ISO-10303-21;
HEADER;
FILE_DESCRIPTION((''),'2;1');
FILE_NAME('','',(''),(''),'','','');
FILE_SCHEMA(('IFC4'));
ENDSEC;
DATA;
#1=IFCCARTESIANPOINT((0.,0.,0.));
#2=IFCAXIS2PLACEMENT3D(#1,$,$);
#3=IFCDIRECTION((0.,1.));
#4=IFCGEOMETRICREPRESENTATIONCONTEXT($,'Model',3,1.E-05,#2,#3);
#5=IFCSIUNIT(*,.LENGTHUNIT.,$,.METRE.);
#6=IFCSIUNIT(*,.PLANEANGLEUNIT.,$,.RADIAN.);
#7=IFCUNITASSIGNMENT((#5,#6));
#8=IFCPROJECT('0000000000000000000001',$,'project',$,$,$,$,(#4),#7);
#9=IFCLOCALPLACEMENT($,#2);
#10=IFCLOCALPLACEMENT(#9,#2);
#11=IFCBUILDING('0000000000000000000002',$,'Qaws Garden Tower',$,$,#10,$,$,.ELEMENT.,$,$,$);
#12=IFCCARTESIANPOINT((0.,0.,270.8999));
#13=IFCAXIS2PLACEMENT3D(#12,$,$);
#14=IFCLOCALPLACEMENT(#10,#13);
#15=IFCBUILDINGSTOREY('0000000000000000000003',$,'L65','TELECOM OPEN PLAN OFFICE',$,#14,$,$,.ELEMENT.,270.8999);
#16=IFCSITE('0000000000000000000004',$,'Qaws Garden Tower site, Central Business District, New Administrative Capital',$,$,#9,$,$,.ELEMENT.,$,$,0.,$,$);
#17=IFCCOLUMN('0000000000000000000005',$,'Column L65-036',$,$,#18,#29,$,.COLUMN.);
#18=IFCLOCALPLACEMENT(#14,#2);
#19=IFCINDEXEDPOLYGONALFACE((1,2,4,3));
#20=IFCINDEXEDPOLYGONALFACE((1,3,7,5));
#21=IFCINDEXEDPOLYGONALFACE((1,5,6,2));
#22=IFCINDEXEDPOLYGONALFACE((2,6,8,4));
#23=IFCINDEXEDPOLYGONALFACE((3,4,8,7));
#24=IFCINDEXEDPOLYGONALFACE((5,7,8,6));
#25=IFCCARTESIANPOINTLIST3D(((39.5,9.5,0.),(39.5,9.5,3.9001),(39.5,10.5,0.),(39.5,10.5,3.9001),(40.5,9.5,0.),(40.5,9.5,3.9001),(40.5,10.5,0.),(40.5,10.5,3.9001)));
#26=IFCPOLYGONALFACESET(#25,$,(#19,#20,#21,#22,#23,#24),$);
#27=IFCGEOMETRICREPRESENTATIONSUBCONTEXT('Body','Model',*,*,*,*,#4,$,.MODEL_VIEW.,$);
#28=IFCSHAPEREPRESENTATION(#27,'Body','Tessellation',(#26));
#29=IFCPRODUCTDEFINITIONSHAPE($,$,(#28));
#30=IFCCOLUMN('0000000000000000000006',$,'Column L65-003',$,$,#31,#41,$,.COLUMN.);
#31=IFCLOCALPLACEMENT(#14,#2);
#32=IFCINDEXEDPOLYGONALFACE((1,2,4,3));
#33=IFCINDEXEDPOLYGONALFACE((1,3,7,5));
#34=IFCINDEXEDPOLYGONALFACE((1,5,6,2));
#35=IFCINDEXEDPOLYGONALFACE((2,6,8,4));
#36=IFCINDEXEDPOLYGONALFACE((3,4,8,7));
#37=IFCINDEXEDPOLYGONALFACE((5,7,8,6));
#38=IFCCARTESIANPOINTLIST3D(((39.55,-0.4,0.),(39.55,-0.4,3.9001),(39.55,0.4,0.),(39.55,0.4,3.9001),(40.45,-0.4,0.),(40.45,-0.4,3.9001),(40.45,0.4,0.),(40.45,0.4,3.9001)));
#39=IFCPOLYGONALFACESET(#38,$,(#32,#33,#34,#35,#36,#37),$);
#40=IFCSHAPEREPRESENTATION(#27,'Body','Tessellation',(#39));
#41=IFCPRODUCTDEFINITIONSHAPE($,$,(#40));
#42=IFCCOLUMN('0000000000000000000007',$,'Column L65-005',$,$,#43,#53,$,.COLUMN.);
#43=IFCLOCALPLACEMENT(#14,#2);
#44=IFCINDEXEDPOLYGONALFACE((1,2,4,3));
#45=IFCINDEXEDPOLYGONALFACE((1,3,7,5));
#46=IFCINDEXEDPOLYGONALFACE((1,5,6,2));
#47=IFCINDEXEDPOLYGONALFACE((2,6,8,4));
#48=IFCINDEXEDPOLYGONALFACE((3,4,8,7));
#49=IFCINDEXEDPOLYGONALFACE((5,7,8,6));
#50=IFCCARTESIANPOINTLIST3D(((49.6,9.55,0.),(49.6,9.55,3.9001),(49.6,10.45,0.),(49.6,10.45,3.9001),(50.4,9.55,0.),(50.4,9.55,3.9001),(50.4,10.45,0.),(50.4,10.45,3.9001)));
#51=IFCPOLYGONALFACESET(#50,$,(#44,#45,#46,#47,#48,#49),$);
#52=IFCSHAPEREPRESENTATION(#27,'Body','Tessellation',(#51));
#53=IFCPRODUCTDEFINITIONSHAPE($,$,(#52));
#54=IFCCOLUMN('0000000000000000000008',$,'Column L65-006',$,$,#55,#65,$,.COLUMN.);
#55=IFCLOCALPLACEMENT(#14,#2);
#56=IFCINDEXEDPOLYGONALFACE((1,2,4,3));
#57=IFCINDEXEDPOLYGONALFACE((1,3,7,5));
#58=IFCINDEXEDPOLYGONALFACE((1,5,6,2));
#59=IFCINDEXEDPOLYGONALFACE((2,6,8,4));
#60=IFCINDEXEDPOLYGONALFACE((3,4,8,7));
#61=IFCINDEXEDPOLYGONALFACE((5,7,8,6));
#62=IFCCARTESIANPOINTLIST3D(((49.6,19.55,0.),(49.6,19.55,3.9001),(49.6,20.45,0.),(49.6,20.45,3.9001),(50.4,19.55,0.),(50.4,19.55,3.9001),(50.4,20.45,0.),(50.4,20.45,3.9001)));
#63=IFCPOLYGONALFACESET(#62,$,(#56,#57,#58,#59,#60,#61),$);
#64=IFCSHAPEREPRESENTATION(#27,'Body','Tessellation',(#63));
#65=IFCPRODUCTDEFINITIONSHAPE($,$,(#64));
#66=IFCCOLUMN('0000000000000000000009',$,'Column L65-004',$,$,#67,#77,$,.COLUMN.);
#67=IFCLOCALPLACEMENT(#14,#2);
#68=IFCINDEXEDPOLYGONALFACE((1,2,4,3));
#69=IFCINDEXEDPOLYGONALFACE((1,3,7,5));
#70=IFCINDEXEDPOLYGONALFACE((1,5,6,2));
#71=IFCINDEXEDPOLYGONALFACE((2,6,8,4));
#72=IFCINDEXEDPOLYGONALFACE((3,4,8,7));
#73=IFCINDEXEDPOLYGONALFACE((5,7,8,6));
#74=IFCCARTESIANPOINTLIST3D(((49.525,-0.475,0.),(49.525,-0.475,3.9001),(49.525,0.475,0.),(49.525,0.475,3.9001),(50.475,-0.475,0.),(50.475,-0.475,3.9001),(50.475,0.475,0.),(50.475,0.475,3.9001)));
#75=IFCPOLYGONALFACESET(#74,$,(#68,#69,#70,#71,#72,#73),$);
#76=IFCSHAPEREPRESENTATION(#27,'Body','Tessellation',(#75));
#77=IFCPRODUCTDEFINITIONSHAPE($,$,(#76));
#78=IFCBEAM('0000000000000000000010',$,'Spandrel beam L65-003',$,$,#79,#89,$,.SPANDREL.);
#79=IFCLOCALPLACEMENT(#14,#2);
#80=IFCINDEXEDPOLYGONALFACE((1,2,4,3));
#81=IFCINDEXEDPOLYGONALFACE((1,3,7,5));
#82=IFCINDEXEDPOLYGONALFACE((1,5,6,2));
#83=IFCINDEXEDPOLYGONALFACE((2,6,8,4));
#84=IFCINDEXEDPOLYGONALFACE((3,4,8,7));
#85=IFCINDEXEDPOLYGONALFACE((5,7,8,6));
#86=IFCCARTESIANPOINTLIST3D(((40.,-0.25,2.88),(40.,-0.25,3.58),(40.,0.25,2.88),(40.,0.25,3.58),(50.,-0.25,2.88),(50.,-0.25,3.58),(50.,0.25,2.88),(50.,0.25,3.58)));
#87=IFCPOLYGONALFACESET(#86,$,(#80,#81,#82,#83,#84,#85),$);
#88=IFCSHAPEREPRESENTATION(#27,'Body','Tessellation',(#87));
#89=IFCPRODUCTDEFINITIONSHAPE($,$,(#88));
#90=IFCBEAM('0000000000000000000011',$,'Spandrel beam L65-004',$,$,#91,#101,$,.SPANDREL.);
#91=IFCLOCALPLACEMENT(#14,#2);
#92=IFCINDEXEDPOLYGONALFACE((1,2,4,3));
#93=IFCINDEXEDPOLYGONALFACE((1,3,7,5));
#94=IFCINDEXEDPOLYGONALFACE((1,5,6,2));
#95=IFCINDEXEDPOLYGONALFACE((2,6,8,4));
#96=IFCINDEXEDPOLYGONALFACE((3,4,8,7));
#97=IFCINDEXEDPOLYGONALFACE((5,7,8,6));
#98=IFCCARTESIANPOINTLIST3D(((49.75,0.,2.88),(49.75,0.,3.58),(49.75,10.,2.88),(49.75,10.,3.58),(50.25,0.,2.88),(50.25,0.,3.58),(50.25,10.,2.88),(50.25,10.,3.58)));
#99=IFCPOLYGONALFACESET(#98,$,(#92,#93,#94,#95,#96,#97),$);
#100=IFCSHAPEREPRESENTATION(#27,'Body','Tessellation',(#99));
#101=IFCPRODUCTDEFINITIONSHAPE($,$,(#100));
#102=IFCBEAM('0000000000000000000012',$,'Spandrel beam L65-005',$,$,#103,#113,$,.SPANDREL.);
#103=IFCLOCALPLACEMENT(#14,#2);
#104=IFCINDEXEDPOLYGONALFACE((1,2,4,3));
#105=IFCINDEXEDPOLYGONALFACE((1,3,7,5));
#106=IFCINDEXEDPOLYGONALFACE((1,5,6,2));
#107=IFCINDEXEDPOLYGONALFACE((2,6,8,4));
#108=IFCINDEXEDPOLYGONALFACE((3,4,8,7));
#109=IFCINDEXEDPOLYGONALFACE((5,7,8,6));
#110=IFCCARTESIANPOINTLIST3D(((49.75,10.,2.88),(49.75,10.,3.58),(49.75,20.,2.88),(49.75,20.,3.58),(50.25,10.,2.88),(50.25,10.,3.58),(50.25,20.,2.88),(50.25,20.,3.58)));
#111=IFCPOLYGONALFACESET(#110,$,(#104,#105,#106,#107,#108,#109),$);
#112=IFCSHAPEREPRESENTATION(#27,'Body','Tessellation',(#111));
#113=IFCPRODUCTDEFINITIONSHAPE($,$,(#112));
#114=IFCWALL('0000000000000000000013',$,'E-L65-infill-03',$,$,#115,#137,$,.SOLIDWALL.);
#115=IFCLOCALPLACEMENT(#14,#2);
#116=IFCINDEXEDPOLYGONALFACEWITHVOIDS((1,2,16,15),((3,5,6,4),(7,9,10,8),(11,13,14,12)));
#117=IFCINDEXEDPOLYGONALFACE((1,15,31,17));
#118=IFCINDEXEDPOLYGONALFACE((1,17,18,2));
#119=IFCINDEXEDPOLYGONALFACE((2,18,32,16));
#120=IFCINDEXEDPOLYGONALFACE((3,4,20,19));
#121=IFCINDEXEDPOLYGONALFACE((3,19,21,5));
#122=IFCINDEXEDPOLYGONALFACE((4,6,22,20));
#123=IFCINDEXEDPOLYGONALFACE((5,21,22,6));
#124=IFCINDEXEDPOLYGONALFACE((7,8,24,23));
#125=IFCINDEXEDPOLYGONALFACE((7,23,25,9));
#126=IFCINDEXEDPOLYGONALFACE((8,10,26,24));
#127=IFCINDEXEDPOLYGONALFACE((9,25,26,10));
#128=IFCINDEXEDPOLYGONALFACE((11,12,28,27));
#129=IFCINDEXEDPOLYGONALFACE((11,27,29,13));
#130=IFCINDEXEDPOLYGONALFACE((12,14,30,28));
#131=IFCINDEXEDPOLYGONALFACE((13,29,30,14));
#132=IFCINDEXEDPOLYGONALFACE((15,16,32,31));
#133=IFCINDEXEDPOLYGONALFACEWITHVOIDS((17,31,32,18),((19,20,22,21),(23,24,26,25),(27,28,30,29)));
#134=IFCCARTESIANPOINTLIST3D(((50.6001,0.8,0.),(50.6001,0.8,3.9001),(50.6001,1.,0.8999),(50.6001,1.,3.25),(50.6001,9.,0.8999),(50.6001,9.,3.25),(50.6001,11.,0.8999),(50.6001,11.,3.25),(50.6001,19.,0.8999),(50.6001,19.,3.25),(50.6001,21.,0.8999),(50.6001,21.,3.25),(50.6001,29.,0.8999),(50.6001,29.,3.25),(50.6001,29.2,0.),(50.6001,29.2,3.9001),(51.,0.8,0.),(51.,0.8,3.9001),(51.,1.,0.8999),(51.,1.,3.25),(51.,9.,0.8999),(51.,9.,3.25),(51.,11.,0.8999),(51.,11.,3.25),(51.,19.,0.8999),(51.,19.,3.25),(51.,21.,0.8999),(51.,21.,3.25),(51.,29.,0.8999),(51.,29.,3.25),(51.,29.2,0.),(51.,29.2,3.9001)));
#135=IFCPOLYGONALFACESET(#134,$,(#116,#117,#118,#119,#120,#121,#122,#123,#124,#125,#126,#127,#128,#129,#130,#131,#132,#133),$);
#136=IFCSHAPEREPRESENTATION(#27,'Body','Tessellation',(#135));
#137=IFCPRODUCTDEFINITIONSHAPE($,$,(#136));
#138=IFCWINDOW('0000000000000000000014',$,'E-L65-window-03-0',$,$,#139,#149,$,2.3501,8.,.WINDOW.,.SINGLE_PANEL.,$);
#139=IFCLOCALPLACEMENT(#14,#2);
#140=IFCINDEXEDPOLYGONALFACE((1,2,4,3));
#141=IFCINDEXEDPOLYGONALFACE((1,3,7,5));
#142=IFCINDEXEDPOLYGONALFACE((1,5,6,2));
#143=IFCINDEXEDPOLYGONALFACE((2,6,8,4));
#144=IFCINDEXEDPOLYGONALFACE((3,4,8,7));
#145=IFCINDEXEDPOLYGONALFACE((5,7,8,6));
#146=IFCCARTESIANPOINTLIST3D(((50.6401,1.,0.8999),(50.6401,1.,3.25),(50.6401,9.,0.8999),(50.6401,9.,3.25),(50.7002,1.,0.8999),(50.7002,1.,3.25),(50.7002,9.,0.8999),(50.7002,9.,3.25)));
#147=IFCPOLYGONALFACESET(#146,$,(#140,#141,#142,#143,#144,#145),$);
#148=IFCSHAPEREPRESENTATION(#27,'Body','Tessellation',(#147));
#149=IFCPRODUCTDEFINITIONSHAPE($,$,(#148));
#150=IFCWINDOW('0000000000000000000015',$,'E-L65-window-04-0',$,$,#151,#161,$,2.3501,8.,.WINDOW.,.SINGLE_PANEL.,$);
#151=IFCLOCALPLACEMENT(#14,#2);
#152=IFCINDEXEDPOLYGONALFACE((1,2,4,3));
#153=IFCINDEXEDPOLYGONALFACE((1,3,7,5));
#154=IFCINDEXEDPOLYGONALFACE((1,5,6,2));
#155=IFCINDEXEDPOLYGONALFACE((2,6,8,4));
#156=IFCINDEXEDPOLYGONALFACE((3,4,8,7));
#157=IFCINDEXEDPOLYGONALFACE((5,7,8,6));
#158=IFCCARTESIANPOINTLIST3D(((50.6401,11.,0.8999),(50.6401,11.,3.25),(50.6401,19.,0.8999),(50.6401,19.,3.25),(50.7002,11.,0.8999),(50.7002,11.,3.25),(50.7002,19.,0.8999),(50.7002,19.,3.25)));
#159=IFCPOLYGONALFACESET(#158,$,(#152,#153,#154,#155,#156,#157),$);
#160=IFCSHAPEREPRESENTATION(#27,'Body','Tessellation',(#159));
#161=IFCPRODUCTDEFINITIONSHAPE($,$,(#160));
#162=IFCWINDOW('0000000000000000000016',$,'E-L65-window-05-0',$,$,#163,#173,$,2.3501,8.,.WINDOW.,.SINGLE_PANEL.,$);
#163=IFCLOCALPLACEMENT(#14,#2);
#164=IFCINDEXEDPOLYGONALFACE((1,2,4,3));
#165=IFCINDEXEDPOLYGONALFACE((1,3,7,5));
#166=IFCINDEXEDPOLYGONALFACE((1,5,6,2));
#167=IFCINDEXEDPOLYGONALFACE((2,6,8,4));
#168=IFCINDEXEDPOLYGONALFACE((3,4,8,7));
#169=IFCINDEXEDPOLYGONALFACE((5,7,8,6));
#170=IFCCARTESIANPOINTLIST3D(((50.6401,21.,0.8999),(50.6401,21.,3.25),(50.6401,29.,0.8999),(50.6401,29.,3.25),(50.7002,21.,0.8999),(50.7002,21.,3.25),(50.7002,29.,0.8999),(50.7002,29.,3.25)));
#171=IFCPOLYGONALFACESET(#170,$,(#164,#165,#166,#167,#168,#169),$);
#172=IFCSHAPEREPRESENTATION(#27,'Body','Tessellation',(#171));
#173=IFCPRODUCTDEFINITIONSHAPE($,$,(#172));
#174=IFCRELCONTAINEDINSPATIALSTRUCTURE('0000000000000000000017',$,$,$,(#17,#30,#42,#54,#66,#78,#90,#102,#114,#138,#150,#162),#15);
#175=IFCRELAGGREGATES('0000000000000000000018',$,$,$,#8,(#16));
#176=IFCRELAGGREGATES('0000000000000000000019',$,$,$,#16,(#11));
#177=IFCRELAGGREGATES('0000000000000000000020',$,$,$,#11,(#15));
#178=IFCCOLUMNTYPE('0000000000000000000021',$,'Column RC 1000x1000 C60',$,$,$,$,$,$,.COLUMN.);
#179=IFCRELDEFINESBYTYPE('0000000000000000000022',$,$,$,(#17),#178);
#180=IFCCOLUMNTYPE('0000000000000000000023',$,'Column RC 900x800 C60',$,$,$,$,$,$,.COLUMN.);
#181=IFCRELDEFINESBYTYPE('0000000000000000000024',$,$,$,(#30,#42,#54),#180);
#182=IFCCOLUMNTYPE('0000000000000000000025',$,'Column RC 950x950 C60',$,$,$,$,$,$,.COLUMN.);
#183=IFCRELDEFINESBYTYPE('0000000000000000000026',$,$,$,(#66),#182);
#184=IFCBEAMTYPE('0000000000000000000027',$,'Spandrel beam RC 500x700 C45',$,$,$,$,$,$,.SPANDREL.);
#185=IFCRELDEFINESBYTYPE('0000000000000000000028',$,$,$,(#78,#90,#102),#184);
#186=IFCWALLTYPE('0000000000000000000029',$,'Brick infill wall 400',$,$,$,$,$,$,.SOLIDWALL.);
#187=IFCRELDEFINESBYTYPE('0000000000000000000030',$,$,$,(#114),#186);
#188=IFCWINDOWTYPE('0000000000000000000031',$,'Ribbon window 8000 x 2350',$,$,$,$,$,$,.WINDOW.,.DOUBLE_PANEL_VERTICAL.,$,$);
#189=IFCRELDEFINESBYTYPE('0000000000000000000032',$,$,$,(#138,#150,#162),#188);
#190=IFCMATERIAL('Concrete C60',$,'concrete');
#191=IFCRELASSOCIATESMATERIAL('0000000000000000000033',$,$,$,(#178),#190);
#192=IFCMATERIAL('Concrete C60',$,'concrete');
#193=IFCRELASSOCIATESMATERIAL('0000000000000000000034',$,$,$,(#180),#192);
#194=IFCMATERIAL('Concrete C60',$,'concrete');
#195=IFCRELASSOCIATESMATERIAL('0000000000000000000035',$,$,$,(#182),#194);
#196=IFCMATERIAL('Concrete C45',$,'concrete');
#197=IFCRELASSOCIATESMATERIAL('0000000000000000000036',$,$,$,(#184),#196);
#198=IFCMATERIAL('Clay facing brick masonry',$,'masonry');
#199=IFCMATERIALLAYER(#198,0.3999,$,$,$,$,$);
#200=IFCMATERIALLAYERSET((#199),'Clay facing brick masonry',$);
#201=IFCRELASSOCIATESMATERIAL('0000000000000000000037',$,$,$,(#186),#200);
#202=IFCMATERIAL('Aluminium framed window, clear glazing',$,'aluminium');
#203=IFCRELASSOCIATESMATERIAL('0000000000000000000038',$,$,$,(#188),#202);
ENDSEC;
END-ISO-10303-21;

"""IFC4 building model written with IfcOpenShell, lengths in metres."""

from ifc_helpers import new_model, si_unit, direction, frame, frame_2d, origin, origin_2d, place, context, subcontext, project, spatial, rectangle, extrude, material, layer, layer_set, material_profile, profile_set, type_object, element, fill, save


model = new_model("IFC4")

# Units and contexts
model_context = context("Model", 3, precision=1e-05, world=origin(), true_north=direction((0.0, 1.0)))
body_context = subcontext(model_context, "Body", "Model", "MODEL_VIEW")
ifc_project = project(units=[si_unit("LENGTHUNIT", "METRE"), si_unit("PLANEANGLEUNIT", "RADIAN")], contexts=[model_context])

# Site, building, storey
site_placement = place(None, origin())
site = spatial("IfcSite", under=ifc_project, at=site_placement, Name="Qaws Garden Tower site, Central Business District, New Administrative Capital", CompositionType="ELEMENT", RefElevation=0.0)
building_placement = place(site_placement, origin())
building = spatial("IfcBuilding", under=site, at=building_placement, Name="Qaws Garden Tower", CompositionType="ELEMENT")
storey_placement = place(building_placement, frame((0.0, 0.0, 270.8999)))
storey = spatial("IfcBuildingStorey", under=building, at=storey_placement, Name="L65", Description="TELECOM OPEN PLAN OFFICE", CompositionType="ELEMENT", Elevation=270.8999)

# Columns
ifc_material_1 = material(Name="Concrete C60", Category="concrete")
ifc_material_profile_1 = material_profile(ifc_material_1, rectangle(XDim=1.0, YDim=1.0, at=origin_2d()), Name="RC 1000x1000")
ifc_profile_set_1 = profile_set([ifc_material_profile_1], Name="Concrete C60")
column_type_1 = type_object("IfcColumnType", Name="Column RC 1000x1000 C60", PredefinedType="COLUMN", material=ifc_profile_set_1)
column_1_placement = place(storey_placement, frame((40.0, 10.0, 0.0), z_axis=(0.0, 0.0, 1.0), x_axis=(1.0, 0.0, 0.0)))
element("IfcColumn", 1, at=column_1_placement, inside=storey, type_object=column_type_1, Name="Column L65-036", PredefinedType="COLUMN", context=body_context, shape_type="SweptSolid", body=[
    extrude(rectangle(XDim=1.0, YDim=1.0, at=origin_2d()), origin(), (0.0, 0.0, 1.0), 3.9001),
])
ifc_material_2 = material(Name="Concrete C60", Category="concrete")
ifc_material_profile_2 = material_profile(ifc_material_2, rectangle(XDim=0.8999, YDim=0.8, at=origin_2d()), Name="RC 900x800")
ifc_profile_set_2 = profile_set([ifc_material_profile_2], Name="Concrete C60")
column_type_2 = type_object("IfcColumnType", Name="Column RC 900x800 C60", PredefinedType="COLUMN", material=ifc_profile_set_2)
for number, where, z_axis, x_axis, name in (
    (2, (40.0, 0.0, 0.0), (0.0, 0.0, 1.0), (1.0, 0.0, 0.0), "Column L65-003"),
    (3, (50.0, 10.0, 0.0), (0.0, 0.0, 1.0), (0.0, 1.0, 0.0), "Column L65-005"),
    (4, (50.0, 20.0, 0.0), (0.0, 0.0, 1.0), (0.0, 1.0, 0.0), "Column L65-006"),
):
    element("IfcColumn", number, at=place(storey_placement, frame(where, z_axis=z_axis, x_axis=x_axis)), inside=storey, type_object=column_type_2, Name=name, PredefinedType="COLUMN", context=body_context, shape_type="SweptSolid", body=[
        extrude(rectangle(XDim=0.8999, YDim=0.8, at=origin_2d()), origin(), (0.0, 0.0, 1.0), 3.9001),
    ])
ifc_material_3 = material(Name="Concrete C60", Category="concrete")
ifc_material_profile_3 = material_profile(ifc_material_3, rectangle(XDim=0.95, YDim=0.95, at=origin_2d()), Name="RC 950x950")
ifc_profile_set_3 = profile_set([ifc_material_profile_3], Name="Concrete C60")
column_type_3 = type_object("IfcColumnType", Name="Column RC 950x950 C60", PredefinedType="COLUMN", material=ifc_profile_set_3)
column_2_placement = place(storey_placement, frame((50.0, 0.0, 0.0), z_axis=(0.0, 0.0, 1.0), x_axis=(1.0, 0.0, 0.0)))
element("IfcColumn", 5, at=column_2_placement, inside=storey, type_object=column_type_3, Name="Column L65-004", PredefinedType="COLUMN", context=body_context, shape_type="SweptSolid", body=[
    extrude(rectangle(XDim=0.95, YDim=0.95, at=origin_2d()), origin(), (0.0, 0.0, 1.0), 3.9001),
])

# Beams
ifc_material_4 = material(Name="Concrete C45", Category="concrete")
ifc_material_profile_4 = material_profile(ifc_material_4, rectangle(XDim=0.5, YDim=0.7, at=origin_2d()), Name="RC 500x700")
ifc_profile_set_4 = profile_set([ifc_material_profile_4], Name="Concrete C45")
beam_type = type_object("IfcBeamType", Name="Spandrel beam RC 500x700 C45", PredefinedType="SPANDREL", material=ifc_profile_set_4)
for number, where, z_axis, x_axis, name in (
    (6, (40.0, 0.0, 3.23), (1.0, 0.0, 0.0), (0.0, 1.0, 0.0), "Spandrel beam L65-003"),
    (7, (50.0, 0.0, 3.23), (0.0, 1.0, 0.0), (-1.0, 0.0, 0.0), "Spandrel beam L65-004"),
    (8, (50.0, 10.0, 3.23), (0.0, 1.0, 0.0), (-1.0, 0.0, 0.0), "Spandrel beam L65-005"),
):
    element("IfcBeam", number, at=place(storey_placement, frame(where, z_axis=z_axis, x_axis=x_axis)), inside=storey, type_object=beam_type, Name=name, PredefinedType="SPANDREL", context=body_context, shape_type="SweptSolid", body=[
        extrude(rectangle(XDim=0.5, YDim=0.7, at=origin_2d()), origin(), (0.0, 0.0, 1.0), 10.0),
    ])

# Wall, openings, windows
ifc_material_5 = material(Name="Clay facing brick masonry", Category="masonry")
ifc_layer_1 = layer(ifc_material_5, 0.3999)
ifc_layer_set_1 = layer_set([ifc_layer_1], Name="Clay facing brick masonry")
wall_type_1 = type_object("IfcWallType", Name="Brick infill wall 400", PredefinedType="SOLIDWALL", material=ifc_layer_set_1)
wall_1_placement = place(storey_placement, frame((50.8, 0.8, 0.0), z_axis=(0.0, 0.0, 1.0), x_axis=(0.0, 1.0, 0.0)))
wall_1 = element("IfcWall", 9, at=wall_1_placement, inside=storey, type_object=wall_type_1, Name="E-L65-infill-03", PredefinedType="SOLIDWALL", context=body_context, shape_type="SweptSolid", body=[
    extrude(rectangle(XDim=28.3999, YDim=0.3999, at=frame_2d((14.2, 0.0))), origin(), (0.0, 0.0, 1.0), 3.9001),
])
opening_1_placement = place(wall_1_placement, frame((0.2, 0.0, 0.8999)))
opening_1 = element("IfcOpeningElement", 10, at=opening_1_placement, cuts=wall_1, PredefinedType="OPENING", context=body_context, shape_type="SweptSolid", body=[
    extrude(rectangle(XDim=8.0, YDim=2.3501, at=frame_2d((4.0, 1.175))), frame((0.0, 0.21, 0.0), z_axis=(0.0, -1.0, 0.0), x_axis=(1.0, 0.0, 0.0)), (0.0, 0.0, 1.0), 0.4199),
])
opening_2_placement = place(wall_1_placement, frame((10.2, 0.0, 0.8999)))
opening_2 = element("IfcOpeningElement", 11, at=opening_2_placement, cuts=wall_1, PredefinedType="OPENING", context=body_context, shape_type="SweptSolid", body=[
    extrude(rectangle(XDim=8.0, YDim=2.3501, at=frame_2d((4.0, 1.175))), frame((0.0, 0.21, 0.0), z_axis=(0.0, -1.0, 0.0), x_axis=(1.0, 0.0, 0.0)), (0.0, 0.0, 1.0), 0.4199),
])
opening_3_placement = place(wall_1_placement, frame((20.2, 0.0, 0.8999)))
opening_3 = element("IfcOpeningElement", 12, at=opening_3_placement, cuts=wall_1, PredefinedType="OPENING", context=body_context, shape_type="SweptSolid", body=[
    extrude(rectangle(XDim=8.0, YDim=2.3501, at=frame_2d((4.0, 1.175))), frame((0.0, 0.21, 0.0), z_axis=(0.0, -1.0, 0.0), x_axis=(1.0, 0.0, 0.0)), (0.0, 0.0, 1.0), 0.4199),
])
ifc_material_6 = material(Name="Aluminium framed window, clear glazing", Category="aluminium")
window_type = type_object("IfcWindowType", Name="Ribbon window 8000 x 2350", PartitioningType="DOUBLE_PANEL_VERTICAL", PredefinedType="WINDOW", material=ifc_material_6)
window_1_placement = place(opening_1_placement, origin())
window_1 = element("IfcWindow", 13, at=window_1_placement, inside=storey, type_object=window_type, Name="E-L65-window-03-0", OverallHeight=2.3501, OverallWidth=8.0, PartitioningType="SINGLE_PANEL", PredefinedType="WINDOW", context=body_context, shape_type="SweptSolid", body=[
    extrude(rectangle(XDim=8.0, YDim=2.3501, at=frame_2d((4.0, 1.175))), frame((0.0, 0.1599, 0.0), z_axis=(0.0, -1.0, 0.0), x_axis=(1.0, 0.0, 0.0)), (0.0, 0.0, 1.0), 0.0601),
])
fill(opening_1, window_1)
window_2_placement = place(opening_2_placement, origin())
window_2 = element("IfcWindow", 14, at=window_2_placement, inside=storey, type_object=window_type, Name="E-L65-window-04-0", OverallHeight=2.3501, OverallWidth=8.0, PartitioningType="SINGLE_PANEL", PredefinedType="WINDOW", context=body_context, shape_type="SweptSolid", body=[
    extrude(rectangle(XDim=8.0, YDim=2.3501, at=frame_2d((4.0, 1.175))), frame((0.0, 0.1599, 0.0), z_axis=(0.0, -1.0, 0.0), x_axis=(1.0, 0.0, 0.0)), (0.0, 0.0, 1.0), 0.0601),
])
fill(opening_2, window_2)
window_3_placement = place(opening_3_placement, origin())
window_3 = element("IfcWindow", 15, at=window_3_placement, inside=storey, type_object=window_type, Name="E-L65-window-05-0", OverallHeight=2.3501, OverallWidth=8.0, PartitioningType="SINGLE_PANEL", PredefinedType="WINDOW", context=body_context, shape_type="SweptSolid", body=[
    extrude(rectangle(XDim=8.0, YDim=2.3501, at=frame_2d((4.0, 1.175))), frame((0.0, 0.1599, 0.0), z_axis=(0.0, -1.0, 0.0), x_axis=(1.0, 0.0, 0.0)), (0.0, 0.0, 1.0), 0.0601),
])
fill(opening_3, window_3)

save(model, "model.ifc")
